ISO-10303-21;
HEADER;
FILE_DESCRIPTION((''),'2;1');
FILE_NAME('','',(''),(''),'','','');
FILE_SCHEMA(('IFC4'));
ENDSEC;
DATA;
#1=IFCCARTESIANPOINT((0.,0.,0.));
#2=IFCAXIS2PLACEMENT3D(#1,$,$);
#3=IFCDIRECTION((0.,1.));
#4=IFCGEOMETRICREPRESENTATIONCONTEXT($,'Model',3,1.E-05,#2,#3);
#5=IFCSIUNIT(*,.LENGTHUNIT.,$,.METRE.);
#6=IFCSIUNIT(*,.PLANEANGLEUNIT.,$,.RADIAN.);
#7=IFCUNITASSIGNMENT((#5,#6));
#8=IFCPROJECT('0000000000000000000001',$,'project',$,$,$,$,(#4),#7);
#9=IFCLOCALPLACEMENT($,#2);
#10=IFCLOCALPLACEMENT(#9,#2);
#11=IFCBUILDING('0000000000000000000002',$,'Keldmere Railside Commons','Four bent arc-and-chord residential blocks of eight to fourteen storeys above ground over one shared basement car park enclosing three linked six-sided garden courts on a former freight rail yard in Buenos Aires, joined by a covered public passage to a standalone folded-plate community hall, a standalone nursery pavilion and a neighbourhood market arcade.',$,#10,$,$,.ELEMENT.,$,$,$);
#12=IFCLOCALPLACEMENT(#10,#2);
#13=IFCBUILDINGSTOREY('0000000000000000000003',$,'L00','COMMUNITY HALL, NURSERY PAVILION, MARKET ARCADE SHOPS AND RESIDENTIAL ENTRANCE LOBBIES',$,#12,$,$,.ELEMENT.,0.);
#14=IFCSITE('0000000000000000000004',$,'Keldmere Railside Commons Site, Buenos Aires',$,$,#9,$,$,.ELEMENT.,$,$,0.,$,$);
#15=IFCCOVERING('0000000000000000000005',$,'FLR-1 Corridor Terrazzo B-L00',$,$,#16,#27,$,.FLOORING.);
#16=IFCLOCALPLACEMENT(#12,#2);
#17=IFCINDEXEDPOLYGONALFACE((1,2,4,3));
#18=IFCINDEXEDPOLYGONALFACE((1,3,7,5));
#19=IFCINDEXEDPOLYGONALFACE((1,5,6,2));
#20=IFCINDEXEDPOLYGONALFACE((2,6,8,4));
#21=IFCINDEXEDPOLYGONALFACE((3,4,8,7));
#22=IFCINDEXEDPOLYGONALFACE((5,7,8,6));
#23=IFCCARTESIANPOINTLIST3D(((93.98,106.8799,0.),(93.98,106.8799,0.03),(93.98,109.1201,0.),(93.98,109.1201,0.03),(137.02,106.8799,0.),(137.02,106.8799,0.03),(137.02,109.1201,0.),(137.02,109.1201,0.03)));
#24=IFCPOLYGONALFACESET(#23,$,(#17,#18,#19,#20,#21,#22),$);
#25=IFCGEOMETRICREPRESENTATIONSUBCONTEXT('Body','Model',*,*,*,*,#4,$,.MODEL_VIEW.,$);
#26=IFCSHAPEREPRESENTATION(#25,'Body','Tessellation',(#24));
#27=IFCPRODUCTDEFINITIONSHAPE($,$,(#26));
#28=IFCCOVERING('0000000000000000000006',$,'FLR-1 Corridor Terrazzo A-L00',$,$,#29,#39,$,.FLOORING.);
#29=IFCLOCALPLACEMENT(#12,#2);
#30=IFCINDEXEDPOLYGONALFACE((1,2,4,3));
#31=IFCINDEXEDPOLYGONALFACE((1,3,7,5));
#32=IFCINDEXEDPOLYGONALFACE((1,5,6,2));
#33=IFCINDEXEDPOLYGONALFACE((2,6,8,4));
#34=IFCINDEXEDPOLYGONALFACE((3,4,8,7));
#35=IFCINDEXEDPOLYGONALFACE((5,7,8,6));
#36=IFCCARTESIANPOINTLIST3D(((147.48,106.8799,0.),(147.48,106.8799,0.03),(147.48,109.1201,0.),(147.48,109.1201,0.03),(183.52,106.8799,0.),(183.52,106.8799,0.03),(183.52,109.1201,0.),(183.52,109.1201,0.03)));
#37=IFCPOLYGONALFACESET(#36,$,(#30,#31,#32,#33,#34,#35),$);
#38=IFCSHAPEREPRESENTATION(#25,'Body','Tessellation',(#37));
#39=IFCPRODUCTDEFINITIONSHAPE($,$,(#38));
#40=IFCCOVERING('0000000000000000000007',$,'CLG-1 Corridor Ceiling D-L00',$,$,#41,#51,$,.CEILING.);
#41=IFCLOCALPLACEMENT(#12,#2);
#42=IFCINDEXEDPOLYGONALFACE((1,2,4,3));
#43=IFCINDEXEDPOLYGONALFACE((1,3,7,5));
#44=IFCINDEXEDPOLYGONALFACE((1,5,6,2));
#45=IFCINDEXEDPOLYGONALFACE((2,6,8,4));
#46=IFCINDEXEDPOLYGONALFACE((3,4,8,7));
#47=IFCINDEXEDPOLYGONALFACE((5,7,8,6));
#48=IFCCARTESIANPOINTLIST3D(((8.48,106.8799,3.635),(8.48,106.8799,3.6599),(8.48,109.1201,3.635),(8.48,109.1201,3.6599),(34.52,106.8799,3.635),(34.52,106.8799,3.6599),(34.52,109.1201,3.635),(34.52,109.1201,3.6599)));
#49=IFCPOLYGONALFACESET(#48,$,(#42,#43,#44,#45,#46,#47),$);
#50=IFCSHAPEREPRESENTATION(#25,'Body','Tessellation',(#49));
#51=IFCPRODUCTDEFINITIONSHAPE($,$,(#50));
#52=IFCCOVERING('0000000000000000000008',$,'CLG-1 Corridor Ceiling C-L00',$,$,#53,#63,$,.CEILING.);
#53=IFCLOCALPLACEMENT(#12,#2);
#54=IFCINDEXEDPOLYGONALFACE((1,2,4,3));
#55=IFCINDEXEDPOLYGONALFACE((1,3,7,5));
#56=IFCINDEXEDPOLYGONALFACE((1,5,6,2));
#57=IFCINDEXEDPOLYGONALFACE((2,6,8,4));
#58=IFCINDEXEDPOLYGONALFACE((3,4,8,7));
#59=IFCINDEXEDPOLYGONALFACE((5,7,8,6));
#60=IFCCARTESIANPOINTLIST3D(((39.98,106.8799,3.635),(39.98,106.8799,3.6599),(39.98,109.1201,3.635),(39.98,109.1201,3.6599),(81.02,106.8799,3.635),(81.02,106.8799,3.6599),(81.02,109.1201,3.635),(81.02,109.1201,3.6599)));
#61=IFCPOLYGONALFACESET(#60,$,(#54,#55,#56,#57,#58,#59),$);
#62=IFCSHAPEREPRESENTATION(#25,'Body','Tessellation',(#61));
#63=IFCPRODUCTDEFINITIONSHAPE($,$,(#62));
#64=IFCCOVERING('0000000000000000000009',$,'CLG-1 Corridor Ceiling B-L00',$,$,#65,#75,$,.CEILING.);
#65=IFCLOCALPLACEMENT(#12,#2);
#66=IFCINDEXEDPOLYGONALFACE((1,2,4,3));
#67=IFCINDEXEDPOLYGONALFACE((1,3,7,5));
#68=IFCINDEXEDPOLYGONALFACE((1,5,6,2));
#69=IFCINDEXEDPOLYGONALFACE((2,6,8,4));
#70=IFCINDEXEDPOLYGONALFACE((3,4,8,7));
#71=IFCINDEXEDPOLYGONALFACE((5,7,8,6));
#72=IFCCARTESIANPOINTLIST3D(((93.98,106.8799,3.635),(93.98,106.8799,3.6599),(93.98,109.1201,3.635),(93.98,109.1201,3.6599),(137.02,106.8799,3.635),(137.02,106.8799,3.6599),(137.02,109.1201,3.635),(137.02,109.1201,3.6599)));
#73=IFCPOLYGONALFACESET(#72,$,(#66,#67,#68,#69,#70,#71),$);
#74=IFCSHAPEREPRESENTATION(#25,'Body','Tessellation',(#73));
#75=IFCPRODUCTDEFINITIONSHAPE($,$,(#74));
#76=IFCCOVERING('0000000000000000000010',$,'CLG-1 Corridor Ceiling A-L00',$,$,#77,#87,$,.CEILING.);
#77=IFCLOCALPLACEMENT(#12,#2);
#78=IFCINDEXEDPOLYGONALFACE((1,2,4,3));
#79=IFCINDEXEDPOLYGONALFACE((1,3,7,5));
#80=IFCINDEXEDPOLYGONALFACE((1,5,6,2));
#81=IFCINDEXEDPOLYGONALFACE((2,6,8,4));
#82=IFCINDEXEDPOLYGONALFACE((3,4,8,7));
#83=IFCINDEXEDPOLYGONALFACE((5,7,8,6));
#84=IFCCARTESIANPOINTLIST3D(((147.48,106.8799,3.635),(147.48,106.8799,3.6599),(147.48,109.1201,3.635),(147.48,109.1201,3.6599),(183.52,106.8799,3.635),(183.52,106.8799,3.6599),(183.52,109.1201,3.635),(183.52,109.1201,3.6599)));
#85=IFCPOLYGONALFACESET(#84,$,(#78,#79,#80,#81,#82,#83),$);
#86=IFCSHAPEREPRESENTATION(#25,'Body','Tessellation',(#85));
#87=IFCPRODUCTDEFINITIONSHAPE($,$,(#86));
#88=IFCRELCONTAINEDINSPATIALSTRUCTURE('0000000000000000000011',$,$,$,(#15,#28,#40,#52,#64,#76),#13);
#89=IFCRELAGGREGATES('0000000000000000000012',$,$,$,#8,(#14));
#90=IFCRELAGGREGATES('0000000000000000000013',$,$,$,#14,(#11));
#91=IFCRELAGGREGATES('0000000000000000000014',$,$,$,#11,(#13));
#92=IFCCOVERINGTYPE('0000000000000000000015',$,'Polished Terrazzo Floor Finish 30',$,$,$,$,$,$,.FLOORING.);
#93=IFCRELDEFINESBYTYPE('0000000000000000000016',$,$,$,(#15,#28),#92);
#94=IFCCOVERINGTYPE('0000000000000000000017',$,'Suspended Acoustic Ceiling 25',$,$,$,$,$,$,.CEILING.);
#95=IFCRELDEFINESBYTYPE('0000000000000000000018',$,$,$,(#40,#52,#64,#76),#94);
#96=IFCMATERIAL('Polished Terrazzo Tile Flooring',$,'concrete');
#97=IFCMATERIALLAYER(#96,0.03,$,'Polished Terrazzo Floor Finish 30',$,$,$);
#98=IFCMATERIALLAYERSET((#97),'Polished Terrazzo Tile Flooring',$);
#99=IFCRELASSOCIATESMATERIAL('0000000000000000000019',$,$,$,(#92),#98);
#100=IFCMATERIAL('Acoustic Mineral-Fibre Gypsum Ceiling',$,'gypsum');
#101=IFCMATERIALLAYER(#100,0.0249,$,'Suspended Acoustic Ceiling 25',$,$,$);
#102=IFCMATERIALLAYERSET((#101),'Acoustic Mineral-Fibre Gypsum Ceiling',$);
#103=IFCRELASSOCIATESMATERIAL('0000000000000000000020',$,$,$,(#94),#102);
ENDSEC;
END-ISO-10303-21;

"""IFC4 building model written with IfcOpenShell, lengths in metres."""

from ifc_helpers import new_model, si_unit, direction, frame, origin, place, context, subcontext, project, spatial, polyline, outline, extrude, material, layer, layer_set, type_object, element, save


model = new_model("IFC4")

# Units and contexts
model_context = context("Model", 3, precision=1e-05, world=origin(), true_north=direction((0.0, 1.0)))
body_context = subcontext(model_context, "Body", "Model", "MODEL_VIEW")
ifc_project = project(units=[si_unit("LENGTHUNIT", "METRE"), si_unit("PLANEANGLEUNIT", "RADIAN")], contexts=[model_context])

# Site, building, storey
site_placement = place(None, origin())
site = spatial("IfcSite", under=ifc_project, at=site_placement, Name="Keldmere Railside Commons Site, Buenos Aires", CompositionType="ELEMENT", RefElevation=0.0)
building_placement = place(site_placement, origin())
building = spatial("IfcBuilding", under=site, at=building_placement, Name="Keldmere Railside Commons", Description="Four bent arc-and-chord residential blocks of eight to fourteen storeys above ground over one shared basement car park enclosing three linked six-sided garden courts on a former freight rail yard in Buenos Aires, joined by a covered public passage to a standalone folded-plate community hall, a standalone nursery pavilion and a neighbourhood market arcade.", CompositionType="ELEMENT")
storey_placement = place(building_placement, origin())
storey = spatial("IfcBuildingStorey", under=building, at=storey_placement, Name="L00", Description="COMMUNITY HALL, NURSERY PAVILION, MARKET ARCADE SHOPS AND RESIDENTIAL ENTRANCE LOBBIES", CompositionType="ELEMENT", Elevation=0.0)

# Coverings
ifc_material_1 = material(Name="Polished Terrazzo Tile Flooring", Category="concrete")
ifc_layer_1 = layer(ifc_material_1, 0.03, Name="Polished Terrazzo Floor Finish 30")
ifc_layer_set_1 = layer_set([ifc_layer_1], Name="Polished Terrazzo Tile Flooring")
covering_type_1 = type_object("IfcCoveringType", Name="Polished Terrazzo Floor Finish 30", PredefinedType="FLOORING", material=ifc_layer_set_1)
covering_1_placement = place(storey_placement, origin())
element("IfcCovering", 1, at=covering_1_placement, inside=storey, type_object=covering_type_1, Name="FLR-1 Corridor Terrazzo B-L00", PredefinedType="FLOORING", context=body_context, shape_type="SweptSolid", body=[
    extrude(outline(polyline([(93.98, 106.8799), (137.02, 106.8799), (137.02, 109.1201), (93.98, 109.1201), (93.98, 106.8799)])), origin(), (0.0, 0.0, 1.0), 0.03),
])
covering_2_placement = place(storey_placement, origin())
element("IfcCovering", 2, at=covering_2_placement, inside=storey, type_object=covering_type_1, Name="FLR-1 Corridor Terrazzo A-L00", PredefinedType="FLOORING", context=body_context, shape_type="SweptSolid", body=[
    extrude(outline(polyline([(147.48, 106.8799), (183.52, 106.8799), (183.52, 109.1201), (147.48, 109.1201), (147.48, 106.8799)])), origin(), (0.0, 0.0, 1.0), 0.03),
])
ifc_material_2 = material(Name="Acoustic Mineral-Fibre Gypsum Ceiling", Category="gypsum")
ifc_layer_2 = layer(ifc_material_2, 0.0249, Name="Suspended Acoustic Ceiling 25")
ifc_layer_set_2 = layer_set([ifc_layer_2], Name="Acoustic Mineral-Fibre Gypsum Ceiling")
covering_type_2 = type_object("IfcCoveringType", Name="Suspended Acoustic Ceiling 25", PredefinedType="CEILING", material=ifc_layer_set_2)
covering_3_placement = place(storey_placement, frame((0.0, 0.0, 3.635)))
element("IfcCovering", 3, at=covering_3_placement, inside=storey, type_object=covering_type_2, Name="CLG-1 Corridor Ceiling D-L00", PredefinedType="CEILING", context=body_context, shape_type="SweptSolid", body=[
    extrude(outline(polyline([(8.48, 106.8799), (34.52, 106.8799), (34.52, 109.1201), (8.48, 109.1201), (8.48, 106.8799)])), origin(), (0.0, 0.0, 1.0), 0.0249),
])
covering_4_placement = place(storey_placement, frame((0.0, 0.0, 3.635)))
element("IfcCovering", 4, at=covering_4_placement, inside=storey, type_object=covering_type_2, Name="CLG-1 Corridor Ceiling C-L00", PredefinedType="CEILING", context=body_context, shape_type="SweptSolid", body=[
    extrude(outline(polyline([(39.98, 106.8799), (81.02, 106.8799), (81.02, 109.1201), (39.98, 109.1201), (39.98, 106.8799)])), origin(), (0.0, 0.0, 1.0), 0.0249),
])
covering_5_placement = place(storey_placement, frame((0.0, 0.0, 3.635)))
element("IfcCovering", 5, at=covering_5_placement, inside=storey, type_object=covering_type_2, Name="CLG-1 Corridor Ceiling B-L00", PredefinedType="CEILING", context=body_context, shape_type="SweptSolid", body=[
    extrude(outline(polyline([(93.98, 106.8799), (137.02, 106.8799), (137.02, 109.1201), (93.98, 109.1201), (93.98, 106.8799)])), origin(), (0.0, 0.0, 1.0), 0.0249),
])
covering_6_placement = place(storey_placement, frame((0.0, 0.0, 3.635)))
element("IfcCovering", 6, at=covering_6_placement, inside=storey, type_object=covering_type_2, Name="CLG-1 Corridor Ceiling A-L00", PredefinedType="CEILING", context=body_context, shape_type="SweptSolid", body=[
    extrude(outline(polyline([(147.48, 106.8799), (183.52, 106.8799), (183.52, 109.1201), (147.48, 109.1201), (147.48, 106.8799)])), origin(), (0.0, 0.0, 1.0), 0.0249),
])

save(model, "model.ifc")
